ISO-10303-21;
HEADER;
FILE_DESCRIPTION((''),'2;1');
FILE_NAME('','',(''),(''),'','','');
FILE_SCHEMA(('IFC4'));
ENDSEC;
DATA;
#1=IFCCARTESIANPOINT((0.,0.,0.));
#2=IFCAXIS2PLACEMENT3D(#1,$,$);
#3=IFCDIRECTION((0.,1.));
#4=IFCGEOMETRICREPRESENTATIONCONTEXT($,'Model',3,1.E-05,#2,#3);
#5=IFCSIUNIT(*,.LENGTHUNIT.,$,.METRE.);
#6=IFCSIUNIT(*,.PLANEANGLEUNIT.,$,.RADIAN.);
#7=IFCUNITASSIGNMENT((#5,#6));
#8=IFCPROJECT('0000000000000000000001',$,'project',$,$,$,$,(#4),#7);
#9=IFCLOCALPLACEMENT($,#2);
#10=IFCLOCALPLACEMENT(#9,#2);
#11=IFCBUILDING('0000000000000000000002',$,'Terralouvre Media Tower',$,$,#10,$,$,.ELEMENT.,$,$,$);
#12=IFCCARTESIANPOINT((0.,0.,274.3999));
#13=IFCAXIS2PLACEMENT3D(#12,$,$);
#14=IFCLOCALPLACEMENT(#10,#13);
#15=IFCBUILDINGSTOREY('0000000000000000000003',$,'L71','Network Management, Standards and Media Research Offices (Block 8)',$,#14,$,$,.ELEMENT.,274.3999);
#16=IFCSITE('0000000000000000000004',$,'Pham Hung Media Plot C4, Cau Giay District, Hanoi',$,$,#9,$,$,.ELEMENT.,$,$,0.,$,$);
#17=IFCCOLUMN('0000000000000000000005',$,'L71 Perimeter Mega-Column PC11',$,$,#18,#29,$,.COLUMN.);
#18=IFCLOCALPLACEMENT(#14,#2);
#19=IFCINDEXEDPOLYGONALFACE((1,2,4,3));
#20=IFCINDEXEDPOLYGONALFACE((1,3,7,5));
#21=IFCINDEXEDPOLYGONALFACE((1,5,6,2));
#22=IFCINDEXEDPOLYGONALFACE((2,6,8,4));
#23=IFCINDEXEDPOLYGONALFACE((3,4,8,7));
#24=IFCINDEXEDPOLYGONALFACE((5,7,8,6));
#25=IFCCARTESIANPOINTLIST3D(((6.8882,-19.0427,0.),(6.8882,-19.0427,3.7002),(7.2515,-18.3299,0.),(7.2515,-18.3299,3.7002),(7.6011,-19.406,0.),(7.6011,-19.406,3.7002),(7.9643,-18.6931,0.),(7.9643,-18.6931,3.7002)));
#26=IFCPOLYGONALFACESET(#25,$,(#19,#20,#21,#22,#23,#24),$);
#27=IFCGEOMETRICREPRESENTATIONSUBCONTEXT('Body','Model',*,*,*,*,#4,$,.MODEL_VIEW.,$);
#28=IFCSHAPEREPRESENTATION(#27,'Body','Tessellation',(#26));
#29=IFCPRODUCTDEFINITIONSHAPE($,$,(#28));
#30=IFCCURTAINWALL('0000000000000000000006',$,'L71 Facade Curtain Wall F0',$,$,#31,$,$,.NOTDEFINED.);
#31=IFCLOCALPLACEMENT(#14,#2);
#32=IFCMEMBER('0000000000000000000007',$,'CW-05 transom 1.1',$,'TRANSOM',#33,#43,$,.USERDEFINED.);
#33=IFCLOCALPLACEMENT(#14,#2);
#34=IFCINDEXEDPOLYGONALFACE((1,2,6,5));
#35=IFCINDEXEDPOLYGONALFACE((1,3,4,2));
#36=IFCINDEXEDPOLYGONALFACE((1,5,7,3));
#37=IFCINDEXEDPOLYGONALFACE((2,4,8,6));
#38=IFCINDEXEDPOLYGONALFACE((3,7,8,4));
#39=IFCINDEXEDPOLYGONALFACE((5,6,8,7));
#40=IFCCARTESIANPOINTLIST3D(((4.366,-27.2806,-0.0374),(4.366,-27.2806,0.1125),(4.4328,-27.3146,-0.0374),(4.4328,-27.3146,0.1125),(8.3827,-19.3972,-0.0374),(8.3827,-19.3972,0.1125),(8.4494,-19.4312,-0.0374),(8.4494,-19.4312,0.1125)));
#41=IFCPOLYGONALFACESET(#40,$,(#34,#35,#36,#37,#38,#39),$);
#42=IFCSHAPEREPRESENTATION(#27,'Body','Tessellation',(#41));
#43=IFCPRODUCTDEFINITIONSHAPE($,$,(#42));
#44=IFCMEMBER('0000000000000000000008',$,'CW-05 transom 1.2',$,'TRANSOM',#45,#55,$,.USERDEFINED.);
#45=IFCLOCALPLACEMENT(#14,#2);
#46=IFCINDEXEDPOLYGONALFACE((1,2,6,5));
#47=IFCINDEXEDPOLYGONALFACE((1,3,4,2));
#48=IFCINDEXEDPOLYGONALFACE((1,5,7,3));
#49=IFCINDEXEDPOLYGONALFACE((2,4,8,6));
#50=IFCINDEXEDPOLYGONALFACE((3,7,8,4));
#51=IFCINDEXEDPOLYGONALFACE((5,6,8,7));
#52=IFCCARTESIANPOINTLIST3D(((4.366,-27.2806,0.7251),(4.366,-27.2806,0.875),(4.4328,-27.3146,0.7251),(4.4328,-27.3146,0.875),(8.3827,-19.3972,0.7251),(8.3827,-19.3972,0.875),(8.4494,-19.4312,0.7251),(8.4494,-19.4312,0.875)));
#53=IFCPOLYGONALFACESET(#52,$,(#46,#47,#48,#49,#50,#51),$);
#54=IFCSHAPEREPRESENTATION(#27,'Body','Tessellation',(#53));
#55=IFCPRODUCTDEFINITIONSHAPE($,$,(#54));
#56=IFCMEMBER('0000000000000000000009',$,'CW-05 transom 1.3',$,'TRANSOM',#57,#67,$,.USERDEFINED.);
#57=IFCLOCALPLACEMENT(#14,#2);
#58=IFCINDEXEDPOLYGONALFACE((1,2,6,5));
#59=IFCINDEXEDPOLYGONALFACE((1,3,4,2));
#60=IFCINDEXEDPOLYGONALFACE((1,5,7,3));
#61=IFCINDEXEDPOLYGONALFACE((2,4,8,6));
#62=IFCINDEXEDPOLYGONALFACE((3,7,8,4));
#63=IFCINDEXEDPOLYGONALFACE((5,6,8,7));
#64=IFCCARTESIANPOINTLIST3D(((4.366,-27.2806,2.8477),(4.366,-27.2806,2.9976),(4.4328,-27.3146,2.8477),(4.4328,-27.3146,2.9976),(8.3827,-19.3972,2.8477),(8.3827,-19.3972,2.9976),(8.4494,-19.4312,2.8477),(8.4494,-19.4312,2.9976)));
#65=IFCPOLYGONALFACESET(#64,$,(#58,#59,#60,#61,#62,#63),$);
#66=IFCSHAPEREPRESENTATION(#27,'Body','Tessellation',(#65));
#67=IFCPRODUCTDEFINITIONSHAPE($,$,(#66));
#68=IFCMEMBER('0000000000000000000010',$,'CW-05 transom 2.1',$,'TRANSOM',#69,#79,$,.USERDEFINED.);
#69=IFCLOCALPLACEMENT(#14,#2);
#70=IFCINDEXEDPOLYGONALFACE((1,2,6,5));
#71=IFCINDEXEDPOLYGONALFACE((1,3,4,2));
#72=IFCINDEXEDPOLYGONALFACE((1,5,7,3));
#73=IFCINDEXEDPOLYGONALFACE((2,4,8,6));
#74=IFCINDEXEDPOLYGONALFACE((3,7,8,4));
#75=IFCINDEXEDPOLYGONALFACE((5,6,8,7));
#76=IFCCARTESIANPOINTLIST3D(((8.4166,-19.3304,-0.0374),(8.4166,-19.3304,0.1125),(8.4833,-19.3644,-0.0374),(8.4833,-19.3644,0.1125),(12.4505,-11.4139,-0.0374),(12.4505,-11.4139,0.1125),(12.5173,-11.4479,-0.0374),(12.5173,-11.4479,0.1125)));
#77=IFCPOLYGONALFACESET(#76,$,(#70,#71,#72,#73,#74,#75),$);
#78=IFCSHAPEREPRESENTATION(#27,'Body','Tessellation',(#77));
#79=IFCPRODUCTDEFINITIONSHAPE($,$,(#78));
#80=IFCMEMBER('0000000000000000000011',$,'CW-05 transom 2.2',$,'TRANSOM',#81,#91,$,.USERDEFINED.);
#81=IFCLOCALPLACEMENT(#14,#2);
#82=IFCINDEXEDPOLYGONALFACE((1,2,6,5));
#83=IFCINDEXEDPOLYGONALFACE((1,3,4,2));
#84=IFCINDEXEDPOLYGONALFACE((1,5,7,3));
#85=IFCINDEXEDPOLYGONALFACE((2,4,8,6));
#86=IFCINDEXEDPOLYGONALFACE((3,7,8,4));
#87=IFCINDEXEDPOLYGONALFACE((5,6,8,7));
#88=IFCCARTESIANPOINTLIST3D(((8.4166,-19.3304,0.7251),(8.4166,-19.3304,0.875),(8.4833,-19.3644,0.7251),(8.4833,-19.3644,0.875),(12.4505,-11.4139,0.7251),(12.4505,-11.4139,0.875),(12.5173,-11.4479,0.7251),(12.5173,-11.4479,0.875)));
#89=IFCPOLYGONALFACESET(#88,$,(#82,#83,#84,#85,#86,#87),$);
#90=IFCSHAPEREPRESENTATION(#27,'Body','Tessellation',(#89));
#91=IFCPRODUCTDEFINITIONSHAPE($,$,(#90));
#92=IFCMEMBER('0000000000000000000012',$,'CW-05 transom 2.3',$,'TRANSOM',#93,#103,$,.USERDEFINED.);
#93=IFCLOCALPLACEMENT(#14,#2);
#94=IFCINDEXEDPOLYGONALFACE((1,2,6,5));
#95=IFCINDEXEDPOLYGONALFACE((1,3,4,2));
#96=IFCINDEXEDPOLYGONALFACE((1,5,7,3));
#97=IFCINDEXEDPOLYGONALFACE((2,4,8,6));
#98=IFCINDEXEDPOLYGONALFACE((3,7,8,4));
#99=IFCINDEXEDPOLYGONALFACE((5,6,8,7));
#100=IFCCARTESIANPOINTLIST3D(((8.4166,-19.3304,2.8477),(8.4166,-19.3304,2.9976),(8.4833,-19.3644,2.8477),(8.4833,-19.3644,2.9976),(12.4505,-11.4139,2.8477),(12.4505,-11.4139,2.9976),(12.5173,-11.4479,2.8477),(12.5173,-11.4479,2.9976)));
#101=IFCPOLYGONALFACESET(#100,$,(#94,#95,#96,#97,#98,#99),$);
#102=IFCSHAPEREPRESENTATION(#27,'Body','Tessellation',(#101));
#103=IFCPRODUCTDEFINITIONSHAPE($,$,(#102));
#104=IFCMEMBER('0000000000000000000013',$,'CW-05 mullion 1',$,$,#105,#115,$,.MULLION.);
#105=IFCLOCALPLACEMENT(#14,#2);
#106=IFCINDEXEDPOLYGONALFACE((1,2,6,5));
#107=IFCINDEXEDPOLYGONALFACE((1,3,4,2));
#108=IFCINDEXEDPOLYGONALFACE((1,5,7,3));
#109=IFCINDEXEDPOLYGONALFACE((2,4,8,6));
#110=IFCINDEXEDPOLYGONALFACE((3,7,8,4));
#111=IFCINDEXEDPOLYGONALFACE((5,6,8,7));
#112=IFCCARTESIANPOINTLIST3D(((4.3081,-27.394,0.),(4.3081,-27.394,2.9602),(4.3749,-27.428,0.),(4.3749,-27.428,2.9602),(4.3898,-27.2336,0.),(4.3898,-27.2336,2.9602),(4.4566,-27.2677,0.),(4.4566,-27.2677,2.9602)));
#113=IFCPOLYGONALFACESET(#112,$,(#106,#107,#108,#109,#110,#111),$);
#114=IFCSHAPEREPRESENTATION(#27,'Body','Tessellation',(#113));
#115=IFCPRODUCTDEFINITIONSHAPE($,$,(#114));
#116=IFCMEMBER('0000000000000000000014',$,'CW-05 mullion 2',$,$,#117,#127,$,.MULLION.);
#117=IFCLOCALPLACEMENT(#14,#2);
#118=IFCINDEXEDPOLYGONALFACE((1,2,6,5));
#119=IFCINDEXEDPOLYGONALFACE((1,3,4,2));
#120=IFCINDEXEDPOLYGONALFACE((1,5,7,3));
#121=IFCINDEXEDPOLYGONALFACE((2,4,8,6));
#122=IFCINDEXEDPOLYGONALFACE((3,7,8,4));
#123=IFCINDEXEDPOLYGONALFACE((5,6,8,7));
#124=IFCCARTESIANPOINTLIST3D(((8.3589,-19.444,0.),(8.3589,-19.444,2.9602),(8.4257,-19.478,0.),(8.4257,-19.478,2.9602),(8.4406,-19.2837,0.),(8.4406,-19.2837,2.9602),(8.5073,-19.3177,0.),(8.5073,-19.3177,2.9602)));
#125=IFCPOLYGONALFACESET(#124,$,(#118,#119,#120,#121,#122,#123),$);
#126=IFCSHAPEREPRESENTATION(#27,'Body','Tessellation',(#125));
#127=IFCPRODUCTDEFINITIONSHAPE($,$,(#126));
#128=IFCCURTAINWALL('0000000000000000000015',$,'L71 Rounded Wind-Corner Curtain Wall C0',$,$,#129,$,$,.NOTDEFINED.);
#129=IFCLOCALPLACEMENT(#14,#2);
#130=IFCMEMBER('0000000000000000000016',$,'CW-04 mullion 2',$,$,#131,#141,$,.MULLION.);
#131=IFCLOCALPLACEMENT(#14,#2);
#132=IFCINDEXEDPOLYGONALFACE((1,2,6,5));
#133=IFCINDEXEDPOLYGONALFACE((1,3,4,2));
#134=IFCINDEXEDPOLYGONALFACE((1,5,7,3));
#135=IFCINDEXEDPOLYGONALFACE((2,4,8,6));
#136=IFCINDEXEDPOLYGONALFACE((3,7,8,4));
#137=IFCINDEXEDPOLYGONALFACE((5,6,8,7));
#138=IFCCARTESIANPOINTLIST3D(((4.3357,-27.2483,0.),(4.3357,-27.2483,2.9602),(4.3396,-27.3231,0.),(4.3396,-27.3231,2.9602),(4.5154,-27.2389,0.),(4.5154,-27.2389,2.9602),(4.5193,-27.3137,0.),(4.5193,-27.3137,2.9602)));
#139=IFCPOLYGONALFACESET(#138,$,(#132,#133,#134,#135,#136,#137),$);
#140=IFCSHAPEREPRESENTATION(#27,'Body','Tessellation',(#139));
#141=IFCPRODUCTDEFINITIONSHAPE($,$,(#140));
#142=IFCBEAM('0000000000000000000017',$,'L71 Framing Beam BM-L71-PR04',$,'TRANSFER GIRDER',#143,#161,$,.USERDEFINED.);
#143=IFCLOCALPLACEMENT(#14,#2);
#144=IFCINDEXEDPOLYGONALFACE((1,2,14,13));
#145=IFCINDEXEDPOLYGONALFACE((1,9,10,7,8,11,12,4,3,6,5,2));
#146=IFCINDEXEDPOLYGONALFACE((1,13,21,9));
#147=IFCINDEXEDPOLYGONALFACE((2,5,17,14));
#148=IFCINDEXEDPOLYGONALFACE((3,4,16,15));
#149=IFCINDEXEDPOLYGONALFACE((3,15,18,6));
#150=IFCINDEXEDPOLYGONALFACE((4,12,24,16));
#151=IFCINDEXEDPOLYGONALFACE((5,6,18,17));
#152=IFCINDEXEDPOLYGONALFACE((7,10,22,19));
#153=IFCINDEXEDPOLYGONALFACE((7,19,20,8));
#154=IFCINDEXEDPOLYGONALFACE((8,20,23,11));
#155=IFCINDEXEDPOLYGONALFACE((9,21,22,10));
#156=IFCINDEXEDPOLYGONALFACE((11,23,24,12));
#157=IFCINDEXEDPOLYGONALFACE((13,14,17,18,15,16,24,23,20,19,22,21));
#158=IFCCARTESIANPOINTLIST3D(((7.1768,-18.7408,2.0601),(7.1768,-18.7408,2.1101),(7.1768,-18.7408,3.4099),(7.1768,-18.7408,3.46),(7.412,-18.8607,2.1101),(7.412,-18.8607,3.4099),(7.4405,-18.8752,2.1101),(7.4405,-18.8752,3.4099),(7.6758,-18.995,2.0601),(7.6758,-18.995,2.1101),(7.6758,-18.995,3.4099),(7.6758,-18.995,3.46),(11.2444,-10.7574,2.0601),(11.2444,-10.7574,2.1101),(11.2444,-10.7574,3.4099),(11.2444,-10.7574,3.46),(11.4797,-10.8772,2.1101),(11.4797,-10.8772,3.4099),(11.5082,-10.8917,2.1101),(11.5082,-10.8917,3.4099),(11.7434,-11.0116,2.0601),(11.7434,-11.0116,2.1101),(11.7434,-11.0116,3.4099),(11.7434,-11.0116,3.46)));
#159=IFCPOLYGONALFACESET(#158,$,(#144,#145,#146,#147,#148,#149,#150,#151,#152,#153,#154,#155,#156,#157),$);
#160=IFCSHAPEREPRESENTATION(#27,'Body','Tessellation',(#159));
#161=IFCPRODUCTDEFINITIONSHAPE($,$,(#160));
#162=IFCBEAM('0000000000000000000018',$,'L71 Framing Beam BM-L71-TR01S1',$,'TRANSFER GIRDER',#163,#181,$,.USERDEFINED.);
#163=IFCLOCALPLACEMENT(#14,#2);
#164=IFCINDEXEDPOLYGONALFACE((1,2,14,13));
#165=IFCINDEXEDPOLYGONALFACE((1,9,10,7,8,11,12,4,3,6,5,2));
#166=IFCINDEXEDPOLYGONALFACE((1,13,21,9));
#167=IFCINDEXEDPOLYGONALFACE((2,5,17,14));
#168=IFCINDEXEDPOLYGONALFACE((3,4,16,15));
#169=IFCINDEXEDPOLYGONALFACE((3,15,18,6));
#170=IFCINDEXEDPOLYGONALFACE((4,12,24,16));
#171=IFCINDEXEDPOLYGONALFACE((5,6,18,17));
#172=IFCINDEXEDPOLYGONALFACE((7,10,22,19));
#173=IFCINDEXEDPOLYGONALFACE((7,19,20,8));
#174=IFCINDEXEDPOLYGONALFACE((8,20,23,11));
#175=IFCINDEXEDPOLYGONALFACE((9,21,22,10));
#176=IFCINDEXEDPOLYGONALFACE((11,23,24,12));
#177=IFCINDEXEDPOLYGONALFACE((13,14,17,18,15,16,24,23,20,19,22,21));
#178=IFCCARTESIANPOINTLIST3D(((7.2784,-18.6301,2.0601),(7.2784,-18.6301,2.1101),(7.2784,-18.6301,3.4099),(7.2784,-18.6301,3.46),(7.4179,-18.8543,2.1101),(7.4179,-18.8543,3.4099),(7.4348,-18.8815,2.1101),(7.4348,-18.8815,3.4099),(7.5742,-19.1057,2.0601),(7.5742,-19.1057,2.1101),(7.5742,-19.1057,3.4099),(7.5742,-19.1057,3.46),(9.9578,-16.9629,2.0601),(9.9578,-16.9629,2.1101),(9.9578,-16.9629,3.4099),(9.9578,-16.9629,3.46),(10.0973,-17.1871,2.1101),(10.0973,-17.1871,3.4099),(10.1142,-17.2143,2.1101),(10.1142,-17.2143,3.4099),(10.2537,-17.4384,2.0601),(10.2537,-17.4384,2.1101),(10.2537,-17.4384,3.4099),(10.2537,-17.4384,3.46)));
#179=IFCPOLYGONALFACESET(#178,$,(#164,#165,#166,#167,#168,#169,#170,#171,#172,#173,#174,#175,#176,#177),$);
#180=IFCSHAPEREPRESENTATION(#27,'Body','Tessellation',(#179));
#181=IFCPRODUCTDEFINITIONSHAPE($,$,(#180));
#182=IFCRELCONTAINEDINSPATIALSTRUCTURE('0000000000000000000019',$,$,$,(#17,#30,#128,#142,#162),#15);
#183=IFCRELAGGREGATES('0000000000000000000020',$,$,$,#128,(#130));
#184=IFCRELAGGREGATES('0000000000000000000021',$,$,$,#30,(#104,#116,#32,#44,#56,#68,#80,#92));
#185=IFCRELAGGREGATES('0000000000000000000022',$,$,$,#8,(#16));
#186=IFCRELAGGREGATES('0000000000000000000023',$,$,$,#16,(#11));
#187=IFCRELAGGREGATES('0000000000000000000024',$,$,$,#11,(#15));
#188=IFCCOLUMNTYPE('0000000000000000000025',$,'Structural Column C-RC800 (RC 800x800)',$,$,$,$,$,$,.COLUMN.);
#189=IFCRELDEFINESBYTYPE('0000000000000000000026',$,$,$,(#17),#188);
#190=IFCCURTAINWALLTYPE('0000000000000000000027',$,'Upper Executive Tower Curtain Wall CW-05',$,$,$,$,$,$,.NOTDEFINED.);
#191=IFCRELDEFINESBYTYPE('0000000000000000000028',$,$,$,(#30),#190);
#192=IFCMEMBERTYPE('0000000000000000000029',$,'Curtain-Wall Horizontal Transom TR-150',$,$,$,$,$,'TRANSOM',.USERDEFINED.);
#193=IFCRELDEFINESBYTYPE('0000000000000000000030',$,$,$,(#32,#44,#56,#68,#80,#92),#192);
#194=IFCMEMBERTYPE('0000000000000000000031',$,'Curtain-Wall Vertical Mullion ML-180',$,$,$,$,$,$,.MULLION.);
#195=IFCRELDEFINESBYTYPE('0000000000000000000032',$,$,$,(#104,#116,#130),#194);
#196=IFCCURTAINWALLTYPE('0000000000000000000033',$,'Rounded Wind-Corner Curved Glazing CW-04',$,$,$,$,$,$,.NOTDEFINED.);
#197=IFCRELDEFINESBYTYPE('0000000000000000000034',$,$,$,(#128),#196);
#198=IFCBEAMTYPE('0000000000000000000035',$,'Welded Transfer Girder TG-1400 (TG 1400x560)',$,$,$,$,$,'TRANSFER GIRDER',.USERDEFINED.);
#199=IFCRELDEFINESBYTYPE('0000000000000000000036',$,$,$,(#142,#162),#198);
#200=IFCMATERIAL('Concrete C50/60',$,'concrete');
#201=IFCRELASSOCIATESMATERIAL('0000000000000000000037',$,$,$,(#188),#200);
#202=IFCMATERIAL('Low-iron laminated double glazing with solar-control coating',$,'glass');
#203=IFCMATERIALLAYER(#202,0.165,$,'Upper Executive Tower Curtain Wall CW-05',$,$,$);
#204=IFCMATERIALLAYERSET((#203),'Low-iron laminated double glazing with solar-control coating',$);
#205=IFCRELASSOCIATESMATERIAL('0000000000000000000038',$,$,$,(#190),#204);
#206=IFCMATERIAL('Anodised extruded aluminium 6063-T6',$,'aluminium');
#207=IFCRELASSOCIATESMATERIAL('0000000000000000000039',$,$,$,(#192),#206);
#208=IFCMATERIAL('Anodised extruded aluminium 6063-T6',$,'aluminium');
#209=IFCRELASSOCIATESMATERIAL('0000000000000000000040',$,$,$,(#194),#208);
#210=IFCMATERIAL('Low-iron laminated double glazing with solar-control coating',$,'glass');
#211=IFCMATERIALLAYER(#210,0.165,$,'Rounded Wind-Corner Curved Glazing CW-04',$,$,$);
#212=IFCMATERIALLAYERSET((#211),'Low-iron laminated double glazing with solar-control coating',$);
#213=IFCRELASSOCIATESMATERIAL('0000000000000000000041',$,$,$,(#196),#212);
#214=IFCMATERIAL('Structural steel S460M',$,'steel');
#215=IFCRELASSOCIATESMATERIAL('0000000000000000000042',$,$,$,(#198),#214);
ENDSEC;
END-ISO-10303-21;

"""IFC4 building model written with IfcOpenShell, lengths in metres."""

from ifc_helpers import new_model, si_unit, direction, frame, origin, origin_2d, place, context, subcontext, project, spatial, rectangle, i_section, extrude, material, layer, layer_set, material_profile, profile_set, type_object, element, aggregate, save


model = new_model("IFC4")

# Units and contexts
model_context = context("Model", 3, precision=1e-05, world=origin(), true_north=direction((0.0, 1.0)))
body_context = subcontext(model_context, "Body", "Model", "MODEL_VIEW")
ifc_project = project(units=[si_unit("LENGTHUNIT", "METRE"), si_unit("PLANEANGLEUNIT", "RADIAN")], contexts=[model_context])

# Site, building, storey
site_placement = place(None, origin())
site = spatial("IfcSite", under=ifc_project, at=site_placement, Name="Pham Hung Media Plot C4, Cau Giay District, Hanoi", CompositionType="ELEMENT", RefElevation=0.0)
building_placement = place(site_placement, origin())
building = spatial("IfcBuilding", under=site, at=building_placement, Name="Terralouvre Media Tower", CompositionType="ELEMENT")
storey_placement = place(building_placement, frame((0.0, 0.0, 274.3999)))
storey = spatial("IfcBuildingStorey", under=building, at=storey_placement, Name="L71", Description="Network Management, Standards and Media Research Offices (Block 8)", CompositionType="ELEMENT", Elevation=274.3999)

# Column
ifc_material_1 = material(Name="Concrete C50/60", Category="concrete")
ifc_material_profile_1 = material_profile(ifc_material_1, rectangle(XDim=0.8, YDim=0.8, at=origin_2d()), Name="RC 800x800")
ifc_profile_set_1 = profile_set([ifc_material_profile_1], Name="Concrete C50/60")
column_type = type_object("IfcColumnType", Name="Structural Column C-RC800 (RC 800x800)", PredefinedType="COLUMN", material=ifc_profile_set_1)
column_placement = place(storey_placement, frame((7.4263, -18.8679, 0.0), z_axis=(0.0, 0.0, 1.0), x_axis=(0.45399, 0.891007, 0.0)))
element("IfcColumn", 1, at=column_placement, inside=storey, type_object=column_type, Name="L71 Perimeter Mega-Column PC11", PredefinedType="COLUMN", context=body_context, shape_type="SweptSolid", body=[
    extrude(rectangle(XDim=0.8, YDim=0.8, at=origin_2d()), origin(), (0.0, 0.0, 1.0), 3.7002),
])

# Curtain wall, members
ifc_material_2 = material(Name="Low-iron laminated double glazing with solar-control coating", Category="glass")
ifc_layer_1 = layer(ifc_material_2, 0.165, Name="Upper Executive Tower Curtain Wall CW-05")
ifc_layer_set_1 = layer_set([ifc_layer_1], Name="Low-iron laminated double glazing with solar-control coating")
curtain_wall_type_1 = type_object("IfcCurtainWallType", Name="Upper Executive Tower Curtain Wall CW-05", PredefinedType="NOTDEFINED", material=ifc_layer_set_1)
curtain_wall_1_placement = place(storey_placement, origin())
curtain_wall_1 = element("IfcCurtainWall", 2, at=curtain_wall_1_placement, inside=storey, type_object=curtain_wall_type_1, Name="L71 Facade Curtain Wall F0", PredefinedType="NOTDEFINED")
ifc_material_3 = material(Name="Anodised extruded aluminium 6063-T6", Category="aluminium")
ifc_material_profile_2 = material_profile(ifc_material_3, rectangle(XDim=0.075, YDim=0.1499, at=origin_2d()), Name="ALU 75x150")
ifc_profile_set_2 = profile_set([ifc_material_profile_2], Name="Anodised extruded aluminium 6063-T6")
member_type_1 = type_object("IfcMemberType", Name="Curtain-Wall Horizontal Transom TR-150", ElementType="TRANSOM", PredefinedType="USERDEFINED", material=ifc_profile_set_2)
member_1_placement = place(storey_placement, frame((4.3994, -27.2976, 0.0376), z_axis=(0.453978, 0.891013, 0.0), x_axis=(-0.891013, 0.453978, 0.0)))
member_1 = element("IfcMember", 3, at=member_1_placement, type_object=member_type_1, Name="CW-05 transom 1.1", ObjectType="TRANSOM", PredefinedType="USERDEFINED", context=body_context, shape_type="SweptSolid", body=[
    extrude(rectangle(XDim=0.075, YDim=0.1499, at=origin_2d()), origin(), (0.0, 0.0, 1.0), 8.8477),
])
member_2_placement = place(storey_placement, frame((4.3994, -27.2976, 0.8), z_axis=(0.453978, 0.891013, 0.0), x_axis=(-0.891013, 0.453978, 0.0)))
member_2 = element("IfcMember", 4, at=member_2_placement, type_object=member_type_1, Name="CW-05 transom 1.2", ObjectType="TRANSOM", PredefinedType="USERDEFINED", context=body_context, shape_type="SweptSolid", body=[
    extrude(rectangle(XDim=0.075, YDim=0.1499, at=origin_2d()), origin(), (0.0, 0.0, 1.0), 8.8477),
])
member_3_placement = place(storey_placement, frame((4.3994, -27.2976, 2.9226), z_axis=(0.453978, 0.891013, 0.0), x_axis=(-0.891013, 0.453978, 0.0)))
member_3 = element("IfcMember", 5, at=member_3_placement, type_object=member_type_1, Name="CW-05 transom 1.3", ObjectType="TRANSOM", PredefinedType="USERDEFINED", context=body_context, shape_type="SweptSolid", body=[
    extrude(rectangle(XDim=0.075, YDim=0.1499, at=origin_2d()), origin(), (0.0, 0.0, 1.0), 8.8477),
])
member_4_placement = place(storey_placement, frame((8.45, -19.3474, 0.0376), z_axis=(0.454015, 0.890994, 0.0), x_axis=(-0.890994, 0.454015, 0.0)))
member_4 = element("IfcMember", 6, at=member_4_placement, type_object=member_type_1, Name="CW-05 transom 2.1", ObjectType="TRANSOM", PredefinedType="USERDEFINED", context=body_context, shape_type="SweptSolid", body=[
    extrude(rectangle(XDim=0.075, YDim=0.1499, at=origin_2d()), origin(), (0.0, 0.0, 1.0), 8.885),
])
member_5_placement = place(storey_placement, frame((8.45, -19.3474, 0.8), z_axis=(0.454015, 0.890994, 0.0), x_axis=(-0.890994, 0.454015, 0.0)))
member_5 = element("IfcMember", 7, at=member_5_placement, type_object=member_type_1, Name="CW-05 transom 2.2", ObjectType="TRANSOM", PredefinedType="USERDEFINED", context=body_context, shape_type="SweptSolid", body=[
    extrude(rectangle(XDim=0.075, YDim=0.1499, at=origin_2d()), origin(), (0.0, 0.0, 1.0), 8.885),
])
member_6_placement = place(storey_placement, frame((8.45, -19.3474, 2.9226), z_axis=(0.454015, 0.890994, 0.0), x_axis=(-0.890994, 0.454015, 0.0)))
member_6 = element("IfcMember", 8, at=member_6_placement, type_object=member_type_1, Name="CW-05 transom 2.3", ObjectType="TRANSOM", PredefinedType="USERDEFINED", context=body_context, shape_type="SweptSolid", body=[
    extrude(rectangle(XDim=0.075, YDim=0.1499, at=origin_2d()), origin(), (0.0, 0.0, 1.0), 8.885),
])
ifc_material_4 = material(Name="Anodised extruded aluminium 6063-T6", Category="aluminium")
ifc_material_profile_3 = material_profile(ifc_material_4, rectangle(XDim=0.075, YDim=0.1799, at=origin_2d()), Name="ALU 75x180")
ifc_profile_set_3 = profile_set([ifc_material_profile_3], Name="Anodised extruded aluminium 6063-T6")
member_type_2 = type_object("IfcMemberType", Name="Curtain-Wall Vertical Mullion ML-180", PredefinedType="MULLION", material=ifc_profile_set_3)
member_7_placement = place(storey_placement, frame((4.3823, -27.3308, 0.0), z_axis=(0.0, 0.0, 1.0), x_axis=(-0.891007, 0.45399, 0.0)))
member_7 = element("IfcMember", 9, at=member_7_placement, type_object=member_type_2, Name="CW-05 mullion 1", PredefinedType="MULLION", context=body_context, shape_type="SweptSolid", body=[
    extrude(rectangle(XDim=0.075, YDim=0.1799, at=origin_2d()), origin(), (0.0, 0.0, 1.0), 2.9602),
])
member_8_placement = place(storey_placement, frame((8.4331, -19.3809, 0.0), z_axis=(0.0, 0.0, 1.0), x_axis=(-0.891007, 0.45399, 0.0)))
member_8 = element("IfcMember", 10, at=member_8_placement, type_object=member_type_2, Name="CW-05 mullion 2", PredefinedType="MULLION", context=body_context, shape_type="SweptSolid", body=[
    extrude(rectangle(XDim=0.075, YDim=0.1799, at=origin_2d()), origin(), (0.0, 0.0, 1.0), 2.9602),
])

# Curtain wall, member
ifc_material_5 = material(Name="Low-iron laminated double glazing with solar-control coating", Category="glass")
ifc_layer_2 = layer(ifc_material_5, 0.165, Name="Rounded Wind-Corner Curved Glazing CW-04")
ifc_layer_set_2 = layer_set([ifc_layer_2], Name="Low-iron laminated double glazing with solar-control coating")
curtain_wall_type_2 = type_object("IfcCurtainWallType", Name="Rounded Wind-Corner Curved Glazing CW-04", PredefinedType="NOTDEFINED", material=ifc_layer_set_2)
curtain_wall_2_placement = place(storey_placement, origin())
curtain_wall_2 = element("IfcCurtainWall", 11, at=curtain_wall_2_placement, inside=storey, type_object=curtain_wall_type_2, Name="L71 Rounded Wind-Corner Curtain Wall C0", PredefinedType="NOTDEFINED")
member_9_placement = place(storey_placement, frame((4.4275, -27.281, 0.0), z_axis=(0.0, 0.0, 1.0), x_axis=(-0.052336, 0.99863, 0.0)))
member_9 = element("IfcMember", 12, at=member_9_placement, type_object=member_type_2, Name="CW-04 mullion 2", PredefinedType="MULLION", context=body_context, shape_type="SweptSolid", body=[
    extrude(rectangle(XDim=0.075, YDim=0.1799, at=origin_2d()), origin(), (0.0, 0.0, 1.0), 2.9602),
])

# Beams
ifc_material_6 = material(Name="Structural steel S460M", Category="steel")
ifc_material_profile_4 = material_profile(ifc_material_6, i_section(OverallWidth=0.5601, OverallDepth=1.3999, WebThickness=0.032, FlangeThickness=0.05, at=origin_2d()), Name="TG 1400x560")
ifc_profile_set_4 = profile_set([ifc_material_profile_4], Name="Structural steel S460M")
beam_type = type_object("IfcBeamType", Name="Welded Transfer Girder TG-1400 (TG 1400x560)", ElementType="TRANSFER GIRDER", PredefinedType="USERDEFINED", material=ifc_profile_set_4)
beam_1_placement = place(storey_placement, frame((7.4263, -18.8679, 2.76), z_axis=(0.45398, 0.891012, 0.0), x_axis=(-0.891012, 0.45398, 0.0)))
element("IfcBeam", 13, at=beam_1_placement, inside=storey, type_object=beam_type, Name="L71 Framing Beam BM-L71-PR04", ObjectType="TRANSFER GIRDER", PredefinedType="USERDEFINED", context=body_context, shape_type="SweptSolid", body=[
    extrude(i_section(OverallWidth=0.5601, OverallDepth=1.3999, WebThickness=0.032, FlangeThickness=0.05, at=origin_2d()), origin(), (0.0, 0.0, 1.0), 8.96),
])
beam_2_placement = place(storey_placement, frame((10.1057, -17.2007, 2.76), z_axis=(-0.849053, -0.528308, 0.0), x_axis=(0.528308, -0.849053, 0.0)))
element("IfcBeam", 14, at=beam_2_placement, inside=storey, type_object=beam_type, Name="L71 Framing Beam BM-L71-TR01S1", ObjectType="TRANSFER GIRDER", PredefinedType="USERDEFINED", context=body_context, shape_type="SweptSolid", body=[
    extrude(i_section(OverallWidth=0.5601, OverallDepth=1.3999, WebThickness=0.032, FlangeThickness=0.05, at=origin_2d()), origin(), (0.0, 0.0, 1.0), 3.1558),
])

aggregate(curtain_wall_2, [member_9])
aggregate(curtain_wall_1, [member_7, member_8, member_1, member_2, member_3, member_4, member_5, member_6])

save(model, "model.ifc")
